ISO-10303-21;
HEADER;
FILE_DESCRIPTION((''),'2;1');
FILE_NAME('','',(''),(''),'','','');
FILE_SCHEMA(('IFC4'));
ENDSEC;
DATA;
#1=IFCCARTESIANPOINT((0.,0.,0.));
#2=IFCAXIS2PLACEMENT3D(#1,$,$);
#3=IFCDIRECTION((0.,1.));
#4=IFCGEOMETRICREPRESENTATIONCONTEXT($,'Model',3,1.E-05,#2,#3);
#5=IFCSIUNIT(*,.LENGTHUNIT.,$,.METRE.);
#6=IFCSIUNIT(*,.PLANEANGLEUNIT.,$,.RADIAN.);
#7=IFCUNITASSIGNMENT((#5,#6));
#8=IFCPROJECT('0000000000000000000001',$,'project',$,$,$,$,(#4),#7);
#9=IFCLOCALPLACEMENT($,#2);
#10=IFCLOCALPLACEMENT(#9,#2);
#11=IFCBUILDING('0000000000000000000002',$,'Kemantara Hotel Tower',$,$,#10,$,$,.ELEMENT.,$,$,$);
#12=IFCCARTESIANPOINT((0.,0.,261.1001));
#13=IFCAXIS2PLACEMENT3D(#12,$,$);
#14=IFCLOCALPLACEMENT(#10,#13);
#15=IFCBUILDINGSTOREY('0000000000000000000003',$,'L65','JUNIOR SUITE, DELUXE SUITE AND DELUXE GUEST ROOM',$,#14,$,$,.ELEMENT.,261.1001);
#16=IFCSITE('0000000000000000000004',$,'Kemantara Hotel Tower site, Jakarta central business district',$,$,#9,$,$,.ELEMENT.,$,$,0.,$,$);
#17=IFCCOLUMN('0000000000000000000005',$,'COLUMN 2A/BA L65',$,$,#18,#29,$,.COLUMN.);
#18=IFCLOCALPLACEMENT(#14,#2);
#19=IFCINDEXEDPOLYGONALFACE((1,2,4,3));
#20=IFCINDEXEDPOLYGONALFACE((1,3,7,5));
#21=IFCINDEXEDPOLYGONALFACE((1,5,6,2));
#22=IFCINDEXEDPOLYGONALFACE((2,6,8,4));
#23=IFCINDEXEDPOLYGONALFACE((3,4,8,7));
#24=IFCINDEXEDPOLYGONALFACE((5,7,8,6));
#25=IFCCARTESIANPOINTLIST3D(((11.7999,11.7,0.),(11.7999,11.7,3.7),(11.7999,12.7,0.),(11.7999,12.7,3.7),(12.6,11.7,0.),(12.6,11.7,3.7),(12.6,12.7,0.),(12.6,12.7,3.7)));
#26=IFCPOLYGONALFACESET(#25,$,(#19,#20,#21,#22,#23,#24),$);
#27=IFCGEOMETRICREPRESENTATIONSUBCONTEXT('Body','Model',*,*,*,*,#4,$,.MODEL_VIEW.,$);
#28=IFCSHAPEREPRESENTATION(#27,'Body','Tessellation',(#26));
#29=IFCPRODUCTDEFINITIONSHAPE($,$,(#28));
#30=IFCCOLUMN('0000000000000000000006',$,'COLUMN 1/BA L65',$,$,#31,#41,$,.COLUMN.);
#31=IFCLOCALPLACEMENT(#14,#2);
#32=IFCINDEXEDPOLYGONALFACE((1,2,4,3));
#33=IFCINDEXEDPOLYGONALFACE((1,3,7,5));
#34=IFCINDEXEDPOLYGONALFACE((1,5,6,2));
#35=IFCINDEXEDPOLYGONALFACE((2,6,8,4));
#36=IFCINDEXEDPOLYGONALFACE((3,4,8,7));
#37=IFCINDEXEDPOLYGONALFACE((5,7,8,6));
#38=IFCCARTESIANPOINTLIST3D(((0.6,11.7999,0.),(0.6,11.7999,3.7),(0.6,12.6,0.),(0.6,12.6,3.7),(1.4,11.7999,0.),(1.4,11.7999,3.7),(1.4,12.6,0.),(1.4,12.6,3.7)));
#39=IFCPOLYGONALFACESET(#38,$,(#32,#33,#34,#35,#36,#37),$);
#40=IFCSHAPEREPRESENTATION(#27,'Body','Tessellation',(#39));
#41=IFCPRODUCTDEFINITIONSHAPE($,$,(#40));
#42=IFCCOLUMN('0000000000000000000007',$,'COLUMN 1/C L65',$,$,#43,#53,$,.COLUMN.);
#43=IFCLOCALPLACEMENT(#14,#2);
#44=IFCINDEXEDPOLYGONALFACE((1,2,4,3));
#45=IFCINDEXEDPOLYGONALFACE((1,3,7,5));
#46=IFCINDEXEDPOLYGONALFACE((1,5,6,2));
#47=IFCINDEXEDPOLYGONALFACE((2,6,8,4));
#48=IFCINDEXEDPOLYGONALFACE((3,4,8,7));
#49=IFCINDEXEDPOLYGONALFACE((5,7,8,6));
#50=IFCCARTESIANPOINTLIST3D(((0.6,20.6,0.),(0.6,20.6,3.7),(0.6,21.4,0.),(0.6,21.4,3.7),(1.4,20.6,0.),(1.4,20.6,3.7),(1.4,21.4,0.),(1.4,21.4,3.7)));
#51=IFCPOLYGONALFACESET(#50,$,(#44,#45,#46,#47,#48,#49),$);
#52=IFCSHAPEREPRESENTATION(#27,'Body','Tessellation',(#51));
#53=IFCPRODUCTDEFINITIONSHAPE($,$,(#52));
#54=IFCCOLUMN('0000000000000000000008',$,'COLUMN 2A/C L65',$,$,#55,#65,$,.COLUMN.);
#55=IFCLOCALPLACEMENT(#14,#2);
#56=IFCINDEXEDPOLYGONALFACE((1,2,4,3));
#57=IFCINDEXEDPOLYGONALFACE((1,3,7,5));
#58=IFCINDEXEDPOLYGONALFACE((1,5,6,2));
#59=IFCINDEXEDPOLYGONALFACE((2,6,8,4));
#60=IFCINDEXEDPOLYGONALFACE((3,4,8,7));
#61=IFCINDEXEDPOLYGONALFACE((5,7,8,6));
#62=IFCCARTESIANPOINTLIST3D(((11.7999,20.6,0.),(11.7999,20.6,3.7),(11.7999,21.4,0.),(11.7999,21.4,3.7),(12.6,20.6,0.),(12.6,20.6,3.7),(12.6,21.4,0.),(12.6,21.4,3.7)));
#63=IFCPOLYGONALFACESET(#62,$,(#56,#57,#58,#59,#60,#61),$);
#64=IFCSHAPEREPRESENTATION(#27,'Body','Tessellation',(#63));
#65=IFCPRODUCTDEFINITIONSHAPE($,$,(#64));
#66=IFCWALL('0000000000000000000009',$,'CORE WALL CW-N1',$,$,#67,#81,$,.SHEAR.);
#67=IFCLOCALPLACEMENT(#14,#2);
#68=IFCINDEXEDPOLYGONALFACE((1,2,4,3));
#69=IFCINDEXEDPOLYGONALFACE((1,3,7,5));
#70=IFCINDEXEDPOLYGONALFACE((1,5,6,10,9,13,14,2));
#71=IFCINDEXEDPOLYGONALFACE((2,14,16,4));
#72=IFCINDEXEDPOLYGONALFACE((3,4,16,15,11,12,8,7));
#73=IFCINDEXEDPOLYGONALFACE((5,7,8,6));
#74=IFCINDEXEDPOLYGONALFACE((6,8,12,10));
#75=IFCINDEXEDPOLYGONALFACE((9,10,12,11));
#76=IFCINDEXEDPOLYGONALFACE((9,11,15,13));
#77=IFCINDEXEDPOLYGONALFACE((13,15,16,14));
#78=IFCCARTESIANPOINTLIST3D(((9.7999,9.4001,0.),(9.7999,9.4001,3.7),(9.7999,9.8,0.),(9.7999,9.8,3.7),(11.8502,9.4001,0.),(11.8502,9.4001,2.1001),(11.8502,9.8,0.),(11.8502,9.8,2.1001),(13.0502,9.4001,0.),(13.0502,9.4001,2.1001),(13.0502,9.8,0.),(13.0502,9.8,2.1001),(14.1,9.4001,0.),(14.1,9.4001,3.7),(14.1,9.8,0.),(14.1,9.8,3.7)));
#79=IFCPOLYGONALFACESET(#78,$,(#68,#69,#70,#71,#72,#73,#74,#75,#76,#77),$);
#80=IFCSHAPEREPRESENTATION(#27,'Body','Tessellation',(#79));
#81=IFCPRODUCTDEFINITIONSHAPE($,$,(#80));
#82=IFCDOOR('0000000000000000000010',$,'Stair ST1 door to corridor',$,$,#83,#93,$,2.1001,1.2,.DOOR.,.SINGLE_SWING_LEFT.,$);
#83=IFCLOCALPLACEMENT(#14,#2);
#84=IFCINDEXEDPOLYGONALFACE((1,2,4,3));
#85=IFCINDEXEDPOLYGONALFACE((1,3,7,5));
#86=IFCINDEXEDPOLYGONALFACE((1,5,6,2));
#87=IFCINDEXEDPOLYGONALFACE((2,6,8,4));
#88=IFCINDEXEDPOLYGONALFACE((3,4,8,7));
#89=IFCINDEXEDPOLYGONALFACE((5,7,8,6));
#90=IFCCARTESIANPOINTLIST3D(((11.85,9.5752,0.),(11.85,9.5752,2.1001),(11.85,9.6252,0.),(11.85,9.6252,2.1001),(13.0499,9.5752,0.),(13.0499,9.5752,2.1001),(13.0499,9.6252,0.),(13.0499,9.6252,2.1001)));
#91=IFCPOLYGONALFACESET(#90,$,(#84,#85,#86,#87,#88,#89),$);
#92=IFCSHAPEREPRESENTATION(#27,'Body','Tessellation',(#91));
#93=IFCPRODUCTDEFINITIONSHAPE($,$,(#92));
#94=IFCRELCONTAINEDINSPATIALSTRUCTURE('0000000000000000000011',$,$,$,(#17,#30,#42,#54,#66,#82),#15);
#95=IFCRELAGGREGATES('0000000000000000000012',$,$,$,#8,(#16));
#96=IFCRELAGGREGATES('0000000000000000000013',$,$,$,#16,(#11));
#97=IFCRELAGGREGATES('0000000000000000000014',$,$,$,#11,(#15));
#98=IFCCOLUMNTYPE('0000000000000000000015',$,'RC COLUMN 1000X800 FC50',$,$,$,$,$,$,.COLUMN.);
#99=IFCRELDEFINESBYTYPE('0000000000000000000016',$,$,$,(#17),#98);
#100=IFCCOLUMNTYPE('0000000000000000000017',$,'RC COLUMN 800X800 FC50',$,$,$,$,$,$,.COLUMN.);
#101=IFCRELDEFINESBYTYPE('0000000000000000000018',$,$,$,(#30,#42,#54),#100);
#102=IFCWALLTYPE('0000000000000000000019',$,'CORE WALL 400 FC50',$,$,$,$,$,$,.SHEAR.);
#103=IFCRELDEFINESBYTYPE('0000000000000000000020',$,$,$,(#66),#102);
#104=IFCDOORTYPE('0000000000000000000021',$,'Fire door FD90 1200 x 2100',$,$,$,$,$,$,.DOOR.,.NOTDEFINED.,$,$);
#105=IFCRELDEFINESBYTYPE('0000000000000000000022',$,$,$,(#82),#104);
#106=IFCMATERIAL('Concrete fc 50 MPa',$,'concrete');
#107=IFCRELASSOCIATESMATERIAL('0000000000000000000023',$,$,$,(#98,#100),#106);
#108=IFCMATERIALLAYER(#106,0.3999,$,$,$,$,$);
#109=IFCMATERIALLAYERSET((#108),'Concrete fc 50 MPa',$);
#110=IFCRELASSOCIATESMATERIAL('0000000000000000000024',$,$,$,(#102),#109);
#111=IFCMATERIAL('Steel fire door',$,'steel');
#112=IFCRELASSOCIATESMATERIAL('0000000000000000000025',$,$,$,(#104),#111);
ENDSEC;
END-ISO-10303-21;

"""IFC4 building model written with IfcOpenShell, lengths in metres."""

from ifc_helpers import new_model, si_unit, direction, frame, frame_2d, origin, origin_2d, place, context, subcontext, project, spatial, rectangle, extrude, material, layer, layer_set, material_profile, profile_set, type_object, element, fill, save


model = new_model("IFC4")

# Units and contexts
model_context = context("Model", 3, precision=1e-05, world=origin(), true_north=direction((0.0, 1.0)))
body_context = subcontext(model_context, "Body", "Model", "MODEL_VIEW")
ifc_project = project(units=[si_unit("LENGTHUNIT", "METRE"), si_unit("PLANEANGLEUNIT", "RADIAN")], contexts=[model_context])

# Site, building, storey
site_placement = place(None, origin())
site = spatial("IfcSite", under=ifc_project, at=site_placement, Name="Kemantara Hotel Tower site, Jakarta central business district", CompositionType="ELEMENT", RefElevation=0.0)
building_placement = place(site_placement, origin())
building = spatial("IfcBuilding", under=site, at=building_placement, Name="Kemantara Hotel Tower", CompositionType="ELEMENT")
storey_placement = place(building_placement, frame((0.0, 0.0, 261.1001)))
storey = spatial("IfcBuildingStorey", under=building, at=storey_placement, Name="L65", Description="JUNIOR SUITE, DELUXE SUITE AND DELUXE GUEST ROOM", CompositionType="ELEMENT", Elevation=261.1001)

# Columns
ifc_material_1 = material(Name="Concrete fc 50 MPa", Category="concrete")
ifc_material_profile_1 = material_profile(ifc_material_1, rectangle(XDim=1.0, YDim=0.8, at=origin_2d()), Name="RC 1000X800")
ifc_profile_set_1 = profile_set([ifc_material_profile_1], Name="Concrete fc 50 MPa")
column_type_1 = type_object("IfcColumnType", Name="RC COLUMN 1000X800 FC50", PredefinedType="COLUMN", material=ifc_profile_set_1)
column_placement = place(storey_placement, frame((12.2, 12.2, 0.0), z_axis=(0.0, 0.0, 1.0), x_axis=(0.0, 1.0, 0.0)))
element("IfcColumn", 1, at=column_placement, inside=storey, type_object=column_type_1, Name="COLUMN 2A/BA L65", PredefinedType="COLUMN", context=body_context, shape_type="SweptSolid", body=[
    extrude(rectangle(XDim=1.0, YDim=0.8, at=origin_2d()), origin(), (0.0, 0.0, 1.0), 3.7),
])
ifc_material_profile_2 = material_profile(ifc_material_1, rectangle(XDim=0.8, YDim=0.8, at=origin_2d()), Name="RC 800X800")
ifc_profile_set_2 = profile_set([ifc_material_profile_2], Name="Concrete fc 50 MPa")
column_type_2 = type_object("IfcColumnType", Name="RC COLUMN 800X800 FC50", PredefinedType="COLUMN", material=ifc_profile_set_2)
for number, where, z_axis, x_axis, name in (
    (2, (1.0, 12.2, 0.0), (0.0, 0.0, 1.0), (1.0, 0.0, 0.0), "COLUMN 1/BA L65"),
    (3, (1.0, 21.0, 0.0), (0.0, 0.0, 1.0), (1.0, 0.0, 0.0), "COLUMN 1/C L65"),
    (4, (12.2, 21.0, 0.0), (0.0, 0.0, 1.0), (1.0, 0.0, 0.0), "COLUMN 2A/C L65"),
):
    element("IfcColumn", number, at=place(storey_placement, frame(where, z_axis=z_axis, x_axis=x_axis)), inside=storey, type_object=column_type_2, Name=name, PredefinedType="COLUMN", context=body_context, shape_type="SweptSolid", body=[
        extrude(rectangle(XDim=0.8, YDim=0.8, at=origin_2d()), origin(), (0.0, 0.0, 1.0), 3.7),
    ])

# Wall, opening, door
ifc_layer_1 = layer(ifc_material_1, 0.3999)
ifc_layer_set_1 = layer_set([ifc_layer_1], Name="Concrete fc 50 MPa")
wall_type_1 = type_object("IfcWallType", Name="CORE WALL 400 FC50", PredefinedType="SHEAR", material=ifc_layer_set_1)
wall_1_placement = place(storey_placement, frame((9.8, 9.6001, 0.0), z_axis=(0.0, 0.0, 1.0), x_axis=(1.0, 0.0, 0.0)))
wall_1 = element("IfcWall", 5, at=wall_1_placement, inside=storey, type_object=wall_type_1, Name="CORE WALL CW-N1", PredefinedType="SHEAR", context=body_context, shape_type="SweptSolid", body=[
    extrude(rectangle(XDim=4.3, YDim=0.3999, at=frame_2d((2.1499, 0.0))), origin(), (0.0, 0.0, 1.0), 3.7),
])
opening_1_placement = place(wall_1_placement, frame((2.05, 0.0, 0.0)))
opening_1 = element("IfcOpeningElement", 6, at=opening_1_placement, cuts=wall_1, PredefinedType="OPENING", context=body_context, shape_type="SweptSolid", body=[
    extrude(rectangle(XDim=1.2, YDim=2.1001, at=frame_2d((0.6001, 1.05))), frame((0.0, 0.21, 0.0), z_axis=(0.0, -1.0, 0.0), x_axis=(1.0, 0.0, 0.0)), (0.0, 0.0, 1.0), 0.4199),
])
ifc_material_2 = material(Name="Steel fire door", Category="steel")
door_type_1 = type_object("IfcDoorType", Name="Fire door FD90 1200 x 2100", OperationType="NOTDEFINED", PredefinedType="DOOR", material=ifc_material_2)
door_1_placement = place(opening_1_placement, frame((1.2, 0.0, 0.0), z_axis=(0.0, 0.0, 1.0), x_axis=(-1.0, 0.0, 0.0)))
door_1 = element("IfcDoor", 7, at=door_1_placement, inside=storey, type_object=door_type_1, Name="Stair ST1 door to corridor", OperationType="SINGLE_SWING_LEFT", OverallHeight=2.1001, OverallWidth=1.2, PredefinedType="DOOR", context=body_context, shape_type="SweptSolid", body=[
    extrude(rectangle(XDim=1.2, YDim=2.1001, at=frame_2d((0.6001, 1.05))), frame((0.0, 0.0249, 0.0), z_axis=(0.0, -1.0, 0.0), x_axis=(1.0, 0.0, 0.0)), (0.0, 0.0, 1.0), 0.05),
])
fill(opening_1, door_1)

save(model, "model.ifc")
